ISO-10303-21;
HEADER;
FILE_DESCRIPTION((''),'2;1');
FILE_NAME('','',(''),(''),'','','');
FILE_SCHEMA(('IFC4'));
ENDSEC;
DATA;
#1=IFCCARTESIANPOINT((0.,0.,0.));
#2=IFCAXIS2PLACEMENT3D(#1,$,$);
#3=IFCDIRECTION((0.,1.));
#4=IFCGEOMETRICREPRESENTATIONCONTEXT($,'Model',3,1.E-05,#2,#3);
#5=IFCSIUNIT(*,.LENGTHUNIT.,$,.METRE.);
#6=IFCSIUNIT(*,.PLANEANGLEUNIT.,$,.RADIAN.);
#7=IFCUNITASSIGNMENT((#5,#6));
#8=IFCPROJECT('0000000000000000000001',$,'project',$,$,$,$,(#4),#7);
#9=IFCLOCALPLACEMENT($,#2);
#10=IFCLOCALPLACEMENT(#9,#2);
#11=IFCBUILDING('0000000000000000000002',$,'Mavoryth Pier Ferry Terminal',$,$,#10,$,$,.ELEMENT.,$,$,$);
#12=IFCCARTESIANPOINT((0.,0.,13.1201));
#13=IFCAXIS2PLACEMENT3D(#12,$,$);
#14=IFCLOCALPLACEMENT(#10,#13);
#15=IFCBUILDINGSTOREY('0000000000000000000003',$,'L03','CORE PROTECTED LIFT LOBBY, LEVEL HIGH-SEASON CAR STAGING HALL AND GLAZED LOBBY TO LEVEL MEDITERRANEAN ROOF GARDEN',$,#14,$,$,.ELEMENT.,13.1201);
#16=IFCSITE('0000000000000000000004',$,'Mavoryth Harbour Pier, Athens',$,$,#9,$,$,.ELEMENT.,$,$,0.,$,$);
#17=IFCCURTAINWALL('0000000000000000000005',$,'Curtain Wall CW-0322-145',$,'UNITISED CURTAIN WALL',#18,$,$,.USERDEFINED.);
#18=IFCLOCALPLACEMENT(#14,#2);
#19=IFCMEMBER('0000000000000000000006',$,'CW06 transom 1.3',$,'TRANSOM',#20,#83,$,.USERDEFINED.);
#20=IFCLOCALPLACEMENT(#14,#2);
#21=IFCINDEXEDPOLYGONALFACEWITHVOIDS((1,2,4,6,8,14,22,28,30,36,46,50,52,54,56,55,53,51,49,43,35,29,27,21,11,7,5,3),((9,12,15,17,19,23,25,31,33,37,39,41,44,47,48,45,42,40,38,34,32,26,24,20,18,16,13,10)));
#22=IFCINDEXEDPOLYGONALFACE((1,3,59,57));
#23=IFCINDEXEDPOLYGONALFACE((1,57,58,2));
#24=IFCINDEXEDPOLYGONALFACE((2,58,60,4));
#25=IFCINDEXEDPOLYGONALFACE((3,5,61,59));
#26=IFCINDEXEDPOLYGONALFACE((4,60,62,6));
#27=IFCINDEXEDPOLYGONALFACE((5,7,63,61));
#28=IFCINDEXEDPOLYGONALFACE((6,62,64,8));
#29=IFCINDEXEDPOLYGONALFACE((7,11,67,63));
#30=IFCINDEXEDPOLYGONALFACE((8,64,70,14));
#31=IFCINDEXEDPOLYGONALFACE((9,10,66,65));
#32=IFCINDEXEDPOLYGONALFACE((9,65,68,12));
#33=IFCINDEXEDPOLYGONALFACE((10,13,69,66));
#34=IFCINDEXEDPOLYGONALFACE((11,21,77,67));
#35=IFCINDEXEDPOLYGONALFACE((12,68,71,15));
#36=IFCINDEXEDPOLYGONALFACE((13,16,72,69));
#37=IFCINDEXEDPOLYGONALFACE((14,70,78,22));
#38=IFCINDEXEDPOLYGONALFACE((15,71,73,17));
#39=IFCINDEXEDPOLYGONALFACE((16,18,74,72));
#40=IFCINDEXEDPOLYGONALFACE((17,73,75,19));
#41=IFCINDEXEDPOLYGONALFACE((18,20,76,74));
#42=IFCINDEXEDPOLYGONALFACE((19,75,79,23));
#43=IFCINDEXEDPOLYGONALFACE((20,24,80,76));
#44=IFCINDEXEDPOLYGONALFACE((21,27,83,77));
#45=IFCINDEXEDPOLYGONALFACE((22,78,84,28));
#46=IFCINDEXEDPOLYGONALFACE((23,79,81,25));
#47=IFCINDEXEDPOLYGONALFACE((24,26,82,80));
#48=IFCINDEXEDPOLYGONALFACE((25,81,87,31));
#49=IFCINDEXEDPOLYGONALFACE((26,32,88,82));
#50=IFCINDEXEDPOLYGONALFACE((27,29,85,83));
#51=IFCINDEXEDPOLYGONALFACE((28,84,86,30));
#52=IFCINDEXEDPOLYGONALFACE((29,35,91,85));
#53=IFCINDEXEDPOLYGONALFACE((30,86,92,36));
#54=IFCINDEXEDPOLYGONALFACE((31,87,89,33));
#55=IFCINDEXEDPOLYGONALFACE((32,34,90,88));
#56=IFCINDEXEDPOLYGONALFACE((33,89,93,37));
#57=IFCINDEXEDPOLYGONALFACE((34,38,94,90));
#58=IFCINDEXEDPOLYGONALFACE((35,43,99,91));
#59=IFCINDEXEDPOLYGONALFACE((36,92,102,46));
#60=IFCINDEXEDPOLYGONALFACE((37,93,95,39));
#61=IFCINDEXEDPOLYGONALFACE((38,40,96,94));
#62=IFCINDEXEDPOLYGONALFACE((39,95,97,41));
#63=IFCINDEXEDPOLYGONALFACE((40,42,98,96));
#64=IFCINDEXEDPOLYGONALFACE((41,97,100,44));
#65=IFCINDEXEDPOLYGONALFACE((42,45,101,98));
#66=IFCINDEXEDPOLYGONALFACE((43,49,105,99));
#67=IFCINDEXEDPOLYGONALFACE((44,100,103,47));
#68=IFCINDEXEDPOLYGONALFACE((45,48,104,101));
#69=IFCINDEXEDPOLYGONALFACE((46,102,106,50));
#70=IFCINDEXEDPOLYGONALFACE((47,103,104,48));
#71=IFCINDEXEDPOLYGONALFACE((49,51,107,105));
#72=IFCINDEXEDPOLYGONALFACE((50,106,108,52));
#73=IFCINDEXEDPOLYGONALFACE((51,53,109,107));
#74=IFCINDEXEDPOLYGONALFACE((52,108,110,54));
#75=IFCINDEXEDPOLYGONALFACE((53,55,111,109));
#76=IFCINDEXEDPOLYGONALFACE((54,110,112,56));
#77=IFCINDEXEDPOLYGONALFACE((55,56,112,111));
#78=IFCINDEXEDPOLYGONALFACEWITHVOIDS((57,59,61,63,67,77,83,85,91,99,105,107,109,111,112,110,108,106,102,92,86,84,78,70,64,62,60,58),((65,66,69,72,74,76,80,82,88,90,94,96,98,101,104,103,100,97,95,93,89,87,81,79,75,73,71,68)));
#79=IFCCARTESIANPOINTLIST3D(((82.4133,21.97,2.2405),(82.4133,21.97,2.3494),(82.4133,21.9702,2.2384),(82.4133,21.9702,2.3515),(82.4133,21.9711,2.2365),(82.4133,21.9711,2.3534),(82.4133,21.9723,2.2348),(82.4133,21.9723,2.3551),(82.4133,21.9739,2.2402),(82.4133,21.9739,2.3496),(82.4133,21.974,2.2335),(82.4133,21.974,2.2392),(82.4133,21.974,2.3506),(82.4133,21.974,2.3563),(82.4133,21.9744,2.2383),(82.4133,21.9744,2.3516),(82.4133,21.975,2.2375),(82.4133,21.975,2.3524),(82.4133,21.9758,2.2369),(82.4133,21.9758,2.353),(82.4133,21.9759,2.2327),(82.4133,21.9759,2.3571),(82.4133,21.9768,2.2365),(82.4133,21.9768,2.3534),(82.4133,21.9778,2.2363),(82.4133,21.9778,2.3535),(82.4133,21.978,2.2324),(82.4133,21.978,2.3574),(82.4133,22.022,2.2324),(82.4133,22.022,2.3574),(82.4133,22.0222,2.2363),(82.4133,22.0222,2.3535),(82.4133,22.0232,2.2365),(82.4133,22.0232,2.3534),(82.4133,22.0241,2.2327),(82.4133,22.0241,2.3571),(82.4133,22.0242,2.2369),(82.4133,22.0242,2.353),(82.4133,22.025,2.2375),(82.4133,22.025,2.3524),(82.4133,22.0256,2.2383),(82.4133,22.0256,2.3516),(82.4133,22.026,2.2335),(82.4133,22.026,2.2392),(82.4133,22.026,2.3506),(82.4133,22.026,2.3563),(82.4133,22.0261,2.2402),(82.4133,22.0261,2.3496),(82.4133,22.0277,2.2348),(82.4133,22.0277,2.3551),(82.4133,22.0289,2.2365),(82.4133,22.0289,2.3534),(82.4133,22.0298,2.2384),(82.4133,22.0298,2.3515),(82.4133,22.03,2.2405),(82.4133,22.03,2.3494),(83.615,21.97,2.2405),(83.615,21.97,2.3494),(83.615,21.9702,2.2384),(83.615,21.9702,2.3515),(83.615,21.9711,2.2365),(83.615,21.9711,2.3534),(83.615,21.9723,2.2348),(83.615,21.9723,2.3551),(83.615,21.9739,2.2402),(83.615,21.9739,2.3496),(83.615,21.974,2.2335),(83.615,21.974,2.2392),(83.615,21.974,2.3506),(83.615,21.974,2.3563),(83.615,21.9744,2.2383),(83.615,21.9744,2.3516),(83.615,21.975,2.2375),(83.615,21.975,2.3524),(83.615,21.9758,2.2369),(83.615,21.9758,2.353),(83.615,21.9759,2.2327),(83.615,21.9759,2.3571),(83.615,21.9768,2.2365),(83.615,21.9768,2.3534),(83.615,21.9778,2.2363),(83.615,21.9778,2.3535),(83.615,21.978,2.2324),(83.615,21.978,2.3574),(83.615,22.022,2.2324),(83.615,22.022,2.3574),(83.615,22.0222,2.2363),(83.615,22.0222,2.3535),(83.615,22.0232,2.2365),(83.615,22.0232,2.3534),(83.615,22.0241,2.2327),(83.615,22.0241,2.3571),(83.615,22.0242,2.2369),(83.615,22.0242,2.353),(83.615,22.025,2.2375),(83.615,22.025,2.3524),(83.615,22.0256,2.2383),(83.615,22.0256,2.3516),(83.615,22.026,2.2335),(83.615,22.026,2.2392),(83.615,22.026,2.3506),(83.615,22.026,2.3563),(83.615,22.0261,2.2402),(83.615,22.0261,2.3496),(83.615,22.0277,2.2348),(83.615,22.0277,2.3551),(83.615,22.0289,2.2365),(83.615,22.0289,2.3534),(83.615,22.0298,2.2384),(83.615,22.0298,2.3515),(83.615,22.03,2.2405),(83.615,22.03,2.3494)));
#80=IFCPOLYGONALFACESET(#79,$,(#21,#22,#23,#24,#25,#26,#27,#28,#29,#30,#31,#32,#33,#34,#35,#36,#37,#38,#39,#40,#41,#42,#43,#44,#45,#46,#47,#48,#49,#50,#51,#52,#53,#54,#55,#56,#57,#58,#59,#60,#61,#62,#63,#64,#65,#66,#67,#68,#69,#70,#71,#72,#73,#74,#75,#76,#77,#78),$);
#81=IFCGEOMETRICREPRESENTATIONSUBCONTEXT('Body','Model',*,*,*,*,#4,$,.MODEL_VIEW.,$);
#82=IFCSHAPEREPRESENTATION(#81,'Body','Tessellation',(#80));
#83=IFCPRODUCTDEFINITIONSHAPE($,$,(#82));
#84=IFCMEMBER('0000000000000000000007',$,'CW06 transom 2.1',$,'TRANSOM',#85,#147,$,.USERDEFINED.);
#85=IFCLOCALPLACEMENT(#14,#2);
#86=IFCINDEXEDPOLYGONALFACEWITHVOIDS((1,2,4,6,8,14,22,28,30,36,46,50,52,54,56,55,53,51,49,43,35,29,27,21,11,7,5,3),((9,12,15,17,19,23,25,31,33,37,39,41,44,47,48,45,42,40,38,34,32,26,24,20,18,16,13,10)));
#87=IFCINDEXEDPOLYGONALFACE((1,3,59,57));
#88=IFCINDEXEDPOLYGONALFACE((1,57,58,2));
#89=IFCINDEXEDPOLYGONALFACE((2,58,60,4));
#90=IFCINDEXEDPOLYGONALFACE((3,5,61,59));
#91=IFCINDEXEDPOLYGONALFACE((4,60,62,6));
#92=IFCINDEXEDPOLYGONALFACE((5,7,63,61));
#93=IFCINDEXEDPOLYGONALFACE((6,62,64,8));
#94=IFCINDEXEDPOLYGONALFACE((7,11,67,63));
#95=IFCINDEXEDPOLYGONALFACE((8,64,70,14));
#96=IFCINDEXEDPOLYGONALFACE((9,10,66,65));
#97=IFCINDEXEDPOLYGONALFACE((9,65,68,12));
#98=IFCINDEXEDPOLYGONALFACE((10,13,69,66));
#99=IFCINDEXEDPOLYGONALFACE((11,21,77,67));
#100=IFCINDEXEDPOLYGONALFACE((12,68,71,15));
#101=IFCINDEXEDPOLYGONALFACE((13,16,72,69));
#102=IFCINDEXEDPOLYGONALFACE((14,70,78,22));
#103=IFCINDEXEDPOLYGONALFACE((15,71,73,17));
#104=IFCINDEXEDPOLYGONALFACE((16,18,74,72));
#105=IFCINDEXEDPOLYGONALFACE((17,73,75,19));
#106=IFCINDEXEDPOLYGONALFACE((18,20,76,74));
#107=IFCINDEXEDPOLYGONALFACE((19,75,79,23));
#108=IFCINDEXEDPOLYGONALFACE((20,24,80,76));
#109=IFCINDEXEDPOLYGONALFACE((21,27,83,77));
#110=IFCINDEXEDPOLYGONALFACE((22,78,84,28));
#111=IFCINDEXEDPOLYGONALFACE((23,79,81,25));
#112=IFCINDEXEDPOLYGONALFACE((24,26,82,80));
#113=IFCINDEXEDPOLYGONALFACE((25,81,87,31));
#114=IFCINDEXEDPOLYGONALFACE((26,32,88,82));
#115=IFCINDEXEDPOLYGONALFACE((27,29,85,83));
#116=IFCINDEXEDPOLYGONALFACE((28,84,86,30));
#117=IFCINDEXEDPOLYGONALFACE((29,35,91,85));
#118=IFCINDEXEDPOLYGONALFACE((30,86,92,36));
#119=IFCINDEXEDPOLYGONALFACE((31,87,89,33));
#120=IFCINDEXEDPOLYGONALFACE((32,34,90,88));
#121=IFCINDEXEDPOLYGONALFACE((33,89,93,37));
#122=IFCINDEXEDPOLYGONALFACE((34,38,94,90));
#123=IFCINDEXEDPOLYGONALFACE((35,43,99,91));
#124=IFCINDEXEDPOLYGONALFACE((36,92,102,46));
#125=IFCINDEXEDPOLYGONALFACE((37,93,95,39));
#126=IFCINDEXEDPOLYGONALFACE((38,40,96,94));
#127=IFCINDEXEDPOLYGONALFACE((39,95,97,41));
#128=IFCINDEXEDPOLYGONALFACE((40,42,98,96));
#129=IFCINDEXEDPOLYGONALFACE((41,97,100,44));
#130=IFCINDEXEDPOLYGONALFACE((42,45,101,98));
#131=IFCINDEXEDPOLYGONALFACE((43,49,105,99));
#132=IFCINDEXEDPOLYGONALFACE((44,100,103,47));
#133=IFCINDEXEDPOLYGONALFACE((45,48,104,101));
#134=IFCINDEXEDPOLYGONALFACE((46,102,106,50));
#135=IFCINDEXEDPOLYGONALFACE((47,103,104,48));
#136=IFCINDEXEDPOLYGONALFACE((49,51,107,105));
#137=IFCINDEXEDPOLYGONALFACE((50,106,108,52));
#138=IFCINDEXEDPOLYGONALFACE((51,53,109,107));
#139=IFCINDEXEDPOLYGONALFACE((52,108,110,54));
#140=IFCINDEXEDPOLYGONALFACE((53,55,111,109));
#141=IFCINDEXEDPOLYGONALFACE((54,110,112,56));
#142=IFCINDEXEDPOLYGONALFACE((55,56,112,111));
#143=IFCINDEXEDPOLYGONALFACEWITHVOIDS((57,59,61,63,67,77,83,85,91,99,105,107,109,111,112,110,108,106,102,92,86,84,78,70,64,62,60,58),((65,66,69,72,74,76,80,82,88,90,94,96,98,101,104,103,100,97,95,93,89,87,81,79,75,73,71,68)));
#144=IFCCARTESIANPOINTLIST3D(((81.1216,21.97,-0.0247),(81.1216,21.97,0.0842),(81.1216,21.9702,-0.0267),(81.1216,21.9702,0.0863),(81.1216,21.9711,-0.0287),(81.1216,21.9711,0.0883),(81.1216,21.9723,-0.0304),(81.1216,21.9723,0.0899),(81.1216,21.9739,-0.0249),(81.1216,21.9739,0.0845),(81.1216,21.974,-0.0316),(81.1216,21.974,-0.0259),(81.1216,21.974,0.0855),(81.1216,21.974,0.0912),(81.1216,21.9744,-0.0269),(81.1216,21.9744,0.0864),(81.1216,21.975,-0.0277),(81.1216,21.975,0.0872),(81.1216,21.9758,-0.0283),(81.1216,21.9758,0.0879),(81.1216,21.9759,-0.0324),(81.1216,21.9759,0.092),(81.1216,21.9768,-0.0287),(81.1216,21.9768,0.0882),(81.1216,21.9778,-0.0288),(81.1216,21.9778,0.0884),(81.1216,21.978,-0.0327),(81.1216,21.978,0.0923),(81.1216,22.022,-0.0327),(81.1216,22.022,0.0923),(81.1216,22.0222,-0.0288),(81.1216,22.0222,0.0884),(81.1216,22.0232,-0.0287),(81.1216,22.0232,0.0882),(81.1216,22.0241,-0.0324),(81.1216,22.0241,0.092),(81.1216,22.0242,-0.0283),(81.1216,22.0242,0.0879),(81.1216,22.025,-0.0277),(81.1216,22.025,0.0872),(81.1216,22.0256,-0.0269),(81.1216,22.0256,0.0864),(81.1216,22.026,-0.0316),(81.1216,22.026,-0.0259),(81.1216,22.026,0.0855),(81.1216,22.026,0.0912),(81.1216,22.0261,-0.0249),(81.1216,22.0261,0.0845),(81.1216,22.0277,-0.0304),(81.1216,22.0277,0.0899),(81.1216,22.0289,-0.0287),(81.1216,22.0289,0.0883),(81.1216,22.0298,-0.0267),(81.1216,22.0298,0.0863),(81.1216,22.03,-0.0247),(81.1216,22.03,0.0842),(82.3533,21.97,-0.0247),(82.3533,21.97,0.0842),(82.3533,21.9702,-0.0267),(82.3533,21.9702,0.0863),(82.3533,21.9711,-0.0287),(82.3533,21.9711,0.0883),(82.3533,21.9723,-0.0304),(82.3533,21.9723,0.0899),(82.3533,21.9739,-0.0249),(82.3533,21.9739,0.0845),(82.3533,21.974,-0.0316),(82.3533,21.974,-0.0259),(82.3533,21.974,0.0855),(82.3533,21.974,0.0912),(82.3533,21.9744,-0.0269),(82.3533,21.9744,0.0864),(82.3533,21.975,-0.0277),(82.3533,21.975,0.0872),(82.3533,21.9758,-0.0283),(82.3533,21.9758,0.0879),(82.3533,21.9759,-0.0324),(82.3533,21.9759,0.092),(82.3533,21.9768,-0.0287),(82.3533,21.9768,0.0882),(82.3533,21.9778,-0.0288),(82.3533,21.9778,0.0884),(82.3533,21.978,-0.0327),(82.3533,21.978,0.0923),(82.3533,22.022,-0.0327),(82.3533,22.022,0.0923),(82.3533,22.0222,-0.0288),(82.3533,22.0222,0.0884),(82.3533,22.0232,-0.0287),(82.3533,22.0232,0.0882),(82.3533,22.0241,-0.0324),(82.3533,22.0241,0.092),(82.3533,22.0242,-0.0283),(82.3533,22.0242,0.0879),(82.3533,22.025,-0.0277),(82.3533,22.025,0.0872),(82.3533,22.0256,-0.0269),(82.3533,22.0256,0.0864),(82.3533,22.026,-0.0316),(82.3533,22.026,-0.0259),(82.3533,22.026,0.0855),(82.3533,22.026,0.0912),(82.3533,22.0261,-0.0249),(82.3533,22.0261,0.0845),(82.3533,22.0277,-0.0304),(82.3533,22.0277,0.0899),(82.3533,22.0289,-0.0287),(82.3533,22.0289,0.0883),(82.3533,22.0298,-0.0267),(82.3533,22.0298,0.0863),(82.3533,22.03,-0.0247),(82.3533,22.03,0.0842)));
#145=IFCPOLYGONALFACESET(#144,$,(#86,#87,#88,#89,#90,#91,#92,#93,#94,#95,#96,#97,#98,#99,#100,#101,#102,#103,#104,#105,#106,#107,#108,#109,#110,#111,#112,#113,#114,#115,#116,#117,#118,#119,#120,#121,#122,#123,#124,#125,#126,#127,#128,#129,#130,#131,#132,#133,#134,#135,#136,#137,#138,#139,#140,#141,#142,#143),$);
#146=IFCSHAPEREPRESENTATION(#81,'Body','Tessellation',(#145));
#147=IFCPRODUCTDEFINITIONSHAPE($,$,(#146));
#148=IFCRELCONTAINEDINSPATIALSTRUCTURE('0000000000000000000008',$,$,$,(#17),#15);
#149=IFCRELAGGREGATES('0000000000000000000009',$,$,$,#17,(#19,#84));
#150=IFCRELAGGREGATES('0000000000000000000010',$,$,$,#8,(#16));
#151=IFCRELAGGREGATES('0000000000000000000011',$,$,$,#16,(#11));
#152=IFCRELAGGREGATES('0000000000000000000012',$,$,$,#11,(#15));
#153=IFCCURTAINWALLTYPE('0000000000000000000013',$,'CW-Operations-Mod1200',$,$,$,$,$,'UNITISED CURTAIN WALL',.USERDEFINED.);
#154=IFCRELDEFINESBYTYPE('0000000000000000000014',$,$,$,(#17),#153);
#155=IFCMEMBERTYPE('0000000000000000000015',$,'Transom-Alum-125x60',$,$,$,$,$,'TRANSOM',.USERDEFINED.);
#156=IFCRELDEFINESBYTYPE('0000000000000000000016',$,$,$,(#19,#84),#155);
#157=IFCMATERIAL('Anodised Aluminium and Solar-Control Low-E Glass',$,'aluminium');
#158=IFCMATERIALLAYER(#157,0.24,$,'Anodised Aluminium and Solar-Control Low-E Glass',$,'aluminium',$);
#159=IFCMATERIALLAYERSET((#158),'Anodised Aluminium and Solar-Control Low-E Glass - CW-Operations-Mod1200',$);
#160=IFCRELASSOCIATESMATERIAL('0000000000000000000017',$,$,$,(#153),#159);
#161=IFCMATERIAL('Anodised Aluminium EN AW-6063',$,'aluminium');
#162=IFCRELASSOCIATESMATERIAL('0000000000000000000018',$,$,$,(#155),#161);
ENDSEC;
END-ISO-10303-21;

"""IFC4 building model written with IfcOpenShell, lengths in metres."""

from ifc_helpers import new_model, si_unit, direction, frame, origin, origin_2d, place, context, subcontext, project, spatial, hollow_rectangle, extrude, material, layer, layer_set, material_profile, profile_set, type_object, element, aggregate, save


model = new_model("IFC4")

# Units and contexts
model_context = context("Model", 3, precision=1e-05, world=origin(), true_north=direction((0.0, 1.0)))
body_context = subcontext(model_context, "Body", "Model", "MODEL_VIEW")
ifc_project = project(units=[si_unit("LENGTHUNIT", "METRE"), si_unit("PLANEANGLEUNIT", "RADIAN")], contexts=[model_context])

# Site, building, storey
site_placement = place(None, origin())
site = spatial("IfcSite", under=ifc_project, at=site_placement, Name="Mavoryth Harbour Pier, Athens", CompositionType="ELEMENT", RefElevation=0.0)
building_placement = place(site_placement, origin())
building = spatial("IfcBuilding", under=site, at=building_placement, Name="Mavoryth Pier Ferry Terminal", CompositionType="ELEMENT")
storey_placement = place(building_placement, frame((0.0, 0.0, 13.1201)))
storey = spatial("IfcBuildingStorey", under=building, at=storey_placement, Name="L03", Description="CORE PROTECTED LIFT LOBBY, LEVEL HIGH-SEASON CAR STAGING HALL AND GLAZED LOBBY TO LEVEL MEDITERRANEAN ROOF GARDEN", CompositionType="ELEMENT", Elevation=13.1201)

# Curtain wall
ifc_material_1 = material(Name="Anodised Aluminium and Solar-Control Low-E Glass", Category="aluminium")
ifc_layer_1 = layer(ifc_material_1, 0.24, Name="Anodised Aluminium and Solar-Control Low-E Glass", Category="aluminium")
ifc_layer_set_1 = layer_set([ifc_layer_1], Name="Anodised Aluminium and Solar-Control Low-E Glass - CW-Operations-Mod1200")
curtain_wall_type = type_object("IfcCurtainWallType", Name="CW-Operations-Mod1200", ElementType="UNITISED CURTAIN WALL", PredefinedType="USERDEFINED", material=ifc_layer_set_1)
curtain_wall_placement = place(storey_placement, origin())
curtain_wall = element("IfcCurtainWall", 1, at=curtain_wall_placement, inside=storey, type_object=curtain_wall_type, Name="Curtain Wall CW-0322-145", ObjectType="UNITISED CURTAIN WALL", PredefinedType="USERDEFINED")
ifc_material_2 = material(Name="Anodised Aluminium EN AW-6063", Category="aluminium")

# Members
ifc_material_profile_1 = material_profile(ifc_material_2, hollow_rectangle(XDim=0.0601, YDim=0.125, WallThickness=0.0039, InnerFilletRadius=0.0039, OuterFilletRadius=0.0081, at=origin_2d()), Name="AL-TRAN 125x60x4", Category="aluminium")
ifc_profile_set_1 = profile_set([ifc_material_profile_1], Name="Anodised Aluminium EN AW-6063 - AL-TRAN 125x60x4")
member_type_1 = type_object("IfcMemberType", Name="Transom-Alum-125x60", ElementType="TRANSOM", PredefinedType="USERDEFINED", material=ifc_profile_set_1)
member_1_placement = place(storey_placement, frame((83.615, 22.0, 2.2949), z_axis=(-1.0, 0.0, 0.0), x_axis=(0.0, -1.0, 0.0)))
member_1 = element("IfcMember", 2, at=member_1_placement, type_object=member_type_1, Name="CW06 transom 1.3", ObjectType="TRANSOM", PredefinedType="USERDEFINED", context=body_context, shape_type="SweptSolid", body=[
    extrude(hollow_rectangle(XDim=0.0601, YDim=0.125, WallThickness=0.0039, InnerFilletRadius=0.0039, OuterFilletRadius=0.0081, at=origin_2d()), origin(), (0.0, 0.0, 1.0), 1.2017),
])
member_2_placement = place(storey_placement, frame((82.3533, 22.0, 0.0298), z_axis=(-1.0, 0.0, 0.0), x_axis=(0.0, -1.0, 0.0)))
member_2 = element("IfcMember", 3, at=member_2_placement, type_object=member_type_1, Name="CW06 transom 2.1", ObjectType="TRANSOM", PredefinedType="USERDEFINED", context=body_context, shape_type="SweptSolid", body=[
    extrude(hollow_rectangle(XDim=0.0601, YDim=0.125, WallThickness=0.0039, InnerFilletRadius=0.0039, OuterFilletRadius=0.0081, at=origin_2d()), origin(), (0.0, 0.0, 1.0), 1.2317),
])

aggregate(curtain_wall, [member_1, member_2])

save(model, "model.ifc")
